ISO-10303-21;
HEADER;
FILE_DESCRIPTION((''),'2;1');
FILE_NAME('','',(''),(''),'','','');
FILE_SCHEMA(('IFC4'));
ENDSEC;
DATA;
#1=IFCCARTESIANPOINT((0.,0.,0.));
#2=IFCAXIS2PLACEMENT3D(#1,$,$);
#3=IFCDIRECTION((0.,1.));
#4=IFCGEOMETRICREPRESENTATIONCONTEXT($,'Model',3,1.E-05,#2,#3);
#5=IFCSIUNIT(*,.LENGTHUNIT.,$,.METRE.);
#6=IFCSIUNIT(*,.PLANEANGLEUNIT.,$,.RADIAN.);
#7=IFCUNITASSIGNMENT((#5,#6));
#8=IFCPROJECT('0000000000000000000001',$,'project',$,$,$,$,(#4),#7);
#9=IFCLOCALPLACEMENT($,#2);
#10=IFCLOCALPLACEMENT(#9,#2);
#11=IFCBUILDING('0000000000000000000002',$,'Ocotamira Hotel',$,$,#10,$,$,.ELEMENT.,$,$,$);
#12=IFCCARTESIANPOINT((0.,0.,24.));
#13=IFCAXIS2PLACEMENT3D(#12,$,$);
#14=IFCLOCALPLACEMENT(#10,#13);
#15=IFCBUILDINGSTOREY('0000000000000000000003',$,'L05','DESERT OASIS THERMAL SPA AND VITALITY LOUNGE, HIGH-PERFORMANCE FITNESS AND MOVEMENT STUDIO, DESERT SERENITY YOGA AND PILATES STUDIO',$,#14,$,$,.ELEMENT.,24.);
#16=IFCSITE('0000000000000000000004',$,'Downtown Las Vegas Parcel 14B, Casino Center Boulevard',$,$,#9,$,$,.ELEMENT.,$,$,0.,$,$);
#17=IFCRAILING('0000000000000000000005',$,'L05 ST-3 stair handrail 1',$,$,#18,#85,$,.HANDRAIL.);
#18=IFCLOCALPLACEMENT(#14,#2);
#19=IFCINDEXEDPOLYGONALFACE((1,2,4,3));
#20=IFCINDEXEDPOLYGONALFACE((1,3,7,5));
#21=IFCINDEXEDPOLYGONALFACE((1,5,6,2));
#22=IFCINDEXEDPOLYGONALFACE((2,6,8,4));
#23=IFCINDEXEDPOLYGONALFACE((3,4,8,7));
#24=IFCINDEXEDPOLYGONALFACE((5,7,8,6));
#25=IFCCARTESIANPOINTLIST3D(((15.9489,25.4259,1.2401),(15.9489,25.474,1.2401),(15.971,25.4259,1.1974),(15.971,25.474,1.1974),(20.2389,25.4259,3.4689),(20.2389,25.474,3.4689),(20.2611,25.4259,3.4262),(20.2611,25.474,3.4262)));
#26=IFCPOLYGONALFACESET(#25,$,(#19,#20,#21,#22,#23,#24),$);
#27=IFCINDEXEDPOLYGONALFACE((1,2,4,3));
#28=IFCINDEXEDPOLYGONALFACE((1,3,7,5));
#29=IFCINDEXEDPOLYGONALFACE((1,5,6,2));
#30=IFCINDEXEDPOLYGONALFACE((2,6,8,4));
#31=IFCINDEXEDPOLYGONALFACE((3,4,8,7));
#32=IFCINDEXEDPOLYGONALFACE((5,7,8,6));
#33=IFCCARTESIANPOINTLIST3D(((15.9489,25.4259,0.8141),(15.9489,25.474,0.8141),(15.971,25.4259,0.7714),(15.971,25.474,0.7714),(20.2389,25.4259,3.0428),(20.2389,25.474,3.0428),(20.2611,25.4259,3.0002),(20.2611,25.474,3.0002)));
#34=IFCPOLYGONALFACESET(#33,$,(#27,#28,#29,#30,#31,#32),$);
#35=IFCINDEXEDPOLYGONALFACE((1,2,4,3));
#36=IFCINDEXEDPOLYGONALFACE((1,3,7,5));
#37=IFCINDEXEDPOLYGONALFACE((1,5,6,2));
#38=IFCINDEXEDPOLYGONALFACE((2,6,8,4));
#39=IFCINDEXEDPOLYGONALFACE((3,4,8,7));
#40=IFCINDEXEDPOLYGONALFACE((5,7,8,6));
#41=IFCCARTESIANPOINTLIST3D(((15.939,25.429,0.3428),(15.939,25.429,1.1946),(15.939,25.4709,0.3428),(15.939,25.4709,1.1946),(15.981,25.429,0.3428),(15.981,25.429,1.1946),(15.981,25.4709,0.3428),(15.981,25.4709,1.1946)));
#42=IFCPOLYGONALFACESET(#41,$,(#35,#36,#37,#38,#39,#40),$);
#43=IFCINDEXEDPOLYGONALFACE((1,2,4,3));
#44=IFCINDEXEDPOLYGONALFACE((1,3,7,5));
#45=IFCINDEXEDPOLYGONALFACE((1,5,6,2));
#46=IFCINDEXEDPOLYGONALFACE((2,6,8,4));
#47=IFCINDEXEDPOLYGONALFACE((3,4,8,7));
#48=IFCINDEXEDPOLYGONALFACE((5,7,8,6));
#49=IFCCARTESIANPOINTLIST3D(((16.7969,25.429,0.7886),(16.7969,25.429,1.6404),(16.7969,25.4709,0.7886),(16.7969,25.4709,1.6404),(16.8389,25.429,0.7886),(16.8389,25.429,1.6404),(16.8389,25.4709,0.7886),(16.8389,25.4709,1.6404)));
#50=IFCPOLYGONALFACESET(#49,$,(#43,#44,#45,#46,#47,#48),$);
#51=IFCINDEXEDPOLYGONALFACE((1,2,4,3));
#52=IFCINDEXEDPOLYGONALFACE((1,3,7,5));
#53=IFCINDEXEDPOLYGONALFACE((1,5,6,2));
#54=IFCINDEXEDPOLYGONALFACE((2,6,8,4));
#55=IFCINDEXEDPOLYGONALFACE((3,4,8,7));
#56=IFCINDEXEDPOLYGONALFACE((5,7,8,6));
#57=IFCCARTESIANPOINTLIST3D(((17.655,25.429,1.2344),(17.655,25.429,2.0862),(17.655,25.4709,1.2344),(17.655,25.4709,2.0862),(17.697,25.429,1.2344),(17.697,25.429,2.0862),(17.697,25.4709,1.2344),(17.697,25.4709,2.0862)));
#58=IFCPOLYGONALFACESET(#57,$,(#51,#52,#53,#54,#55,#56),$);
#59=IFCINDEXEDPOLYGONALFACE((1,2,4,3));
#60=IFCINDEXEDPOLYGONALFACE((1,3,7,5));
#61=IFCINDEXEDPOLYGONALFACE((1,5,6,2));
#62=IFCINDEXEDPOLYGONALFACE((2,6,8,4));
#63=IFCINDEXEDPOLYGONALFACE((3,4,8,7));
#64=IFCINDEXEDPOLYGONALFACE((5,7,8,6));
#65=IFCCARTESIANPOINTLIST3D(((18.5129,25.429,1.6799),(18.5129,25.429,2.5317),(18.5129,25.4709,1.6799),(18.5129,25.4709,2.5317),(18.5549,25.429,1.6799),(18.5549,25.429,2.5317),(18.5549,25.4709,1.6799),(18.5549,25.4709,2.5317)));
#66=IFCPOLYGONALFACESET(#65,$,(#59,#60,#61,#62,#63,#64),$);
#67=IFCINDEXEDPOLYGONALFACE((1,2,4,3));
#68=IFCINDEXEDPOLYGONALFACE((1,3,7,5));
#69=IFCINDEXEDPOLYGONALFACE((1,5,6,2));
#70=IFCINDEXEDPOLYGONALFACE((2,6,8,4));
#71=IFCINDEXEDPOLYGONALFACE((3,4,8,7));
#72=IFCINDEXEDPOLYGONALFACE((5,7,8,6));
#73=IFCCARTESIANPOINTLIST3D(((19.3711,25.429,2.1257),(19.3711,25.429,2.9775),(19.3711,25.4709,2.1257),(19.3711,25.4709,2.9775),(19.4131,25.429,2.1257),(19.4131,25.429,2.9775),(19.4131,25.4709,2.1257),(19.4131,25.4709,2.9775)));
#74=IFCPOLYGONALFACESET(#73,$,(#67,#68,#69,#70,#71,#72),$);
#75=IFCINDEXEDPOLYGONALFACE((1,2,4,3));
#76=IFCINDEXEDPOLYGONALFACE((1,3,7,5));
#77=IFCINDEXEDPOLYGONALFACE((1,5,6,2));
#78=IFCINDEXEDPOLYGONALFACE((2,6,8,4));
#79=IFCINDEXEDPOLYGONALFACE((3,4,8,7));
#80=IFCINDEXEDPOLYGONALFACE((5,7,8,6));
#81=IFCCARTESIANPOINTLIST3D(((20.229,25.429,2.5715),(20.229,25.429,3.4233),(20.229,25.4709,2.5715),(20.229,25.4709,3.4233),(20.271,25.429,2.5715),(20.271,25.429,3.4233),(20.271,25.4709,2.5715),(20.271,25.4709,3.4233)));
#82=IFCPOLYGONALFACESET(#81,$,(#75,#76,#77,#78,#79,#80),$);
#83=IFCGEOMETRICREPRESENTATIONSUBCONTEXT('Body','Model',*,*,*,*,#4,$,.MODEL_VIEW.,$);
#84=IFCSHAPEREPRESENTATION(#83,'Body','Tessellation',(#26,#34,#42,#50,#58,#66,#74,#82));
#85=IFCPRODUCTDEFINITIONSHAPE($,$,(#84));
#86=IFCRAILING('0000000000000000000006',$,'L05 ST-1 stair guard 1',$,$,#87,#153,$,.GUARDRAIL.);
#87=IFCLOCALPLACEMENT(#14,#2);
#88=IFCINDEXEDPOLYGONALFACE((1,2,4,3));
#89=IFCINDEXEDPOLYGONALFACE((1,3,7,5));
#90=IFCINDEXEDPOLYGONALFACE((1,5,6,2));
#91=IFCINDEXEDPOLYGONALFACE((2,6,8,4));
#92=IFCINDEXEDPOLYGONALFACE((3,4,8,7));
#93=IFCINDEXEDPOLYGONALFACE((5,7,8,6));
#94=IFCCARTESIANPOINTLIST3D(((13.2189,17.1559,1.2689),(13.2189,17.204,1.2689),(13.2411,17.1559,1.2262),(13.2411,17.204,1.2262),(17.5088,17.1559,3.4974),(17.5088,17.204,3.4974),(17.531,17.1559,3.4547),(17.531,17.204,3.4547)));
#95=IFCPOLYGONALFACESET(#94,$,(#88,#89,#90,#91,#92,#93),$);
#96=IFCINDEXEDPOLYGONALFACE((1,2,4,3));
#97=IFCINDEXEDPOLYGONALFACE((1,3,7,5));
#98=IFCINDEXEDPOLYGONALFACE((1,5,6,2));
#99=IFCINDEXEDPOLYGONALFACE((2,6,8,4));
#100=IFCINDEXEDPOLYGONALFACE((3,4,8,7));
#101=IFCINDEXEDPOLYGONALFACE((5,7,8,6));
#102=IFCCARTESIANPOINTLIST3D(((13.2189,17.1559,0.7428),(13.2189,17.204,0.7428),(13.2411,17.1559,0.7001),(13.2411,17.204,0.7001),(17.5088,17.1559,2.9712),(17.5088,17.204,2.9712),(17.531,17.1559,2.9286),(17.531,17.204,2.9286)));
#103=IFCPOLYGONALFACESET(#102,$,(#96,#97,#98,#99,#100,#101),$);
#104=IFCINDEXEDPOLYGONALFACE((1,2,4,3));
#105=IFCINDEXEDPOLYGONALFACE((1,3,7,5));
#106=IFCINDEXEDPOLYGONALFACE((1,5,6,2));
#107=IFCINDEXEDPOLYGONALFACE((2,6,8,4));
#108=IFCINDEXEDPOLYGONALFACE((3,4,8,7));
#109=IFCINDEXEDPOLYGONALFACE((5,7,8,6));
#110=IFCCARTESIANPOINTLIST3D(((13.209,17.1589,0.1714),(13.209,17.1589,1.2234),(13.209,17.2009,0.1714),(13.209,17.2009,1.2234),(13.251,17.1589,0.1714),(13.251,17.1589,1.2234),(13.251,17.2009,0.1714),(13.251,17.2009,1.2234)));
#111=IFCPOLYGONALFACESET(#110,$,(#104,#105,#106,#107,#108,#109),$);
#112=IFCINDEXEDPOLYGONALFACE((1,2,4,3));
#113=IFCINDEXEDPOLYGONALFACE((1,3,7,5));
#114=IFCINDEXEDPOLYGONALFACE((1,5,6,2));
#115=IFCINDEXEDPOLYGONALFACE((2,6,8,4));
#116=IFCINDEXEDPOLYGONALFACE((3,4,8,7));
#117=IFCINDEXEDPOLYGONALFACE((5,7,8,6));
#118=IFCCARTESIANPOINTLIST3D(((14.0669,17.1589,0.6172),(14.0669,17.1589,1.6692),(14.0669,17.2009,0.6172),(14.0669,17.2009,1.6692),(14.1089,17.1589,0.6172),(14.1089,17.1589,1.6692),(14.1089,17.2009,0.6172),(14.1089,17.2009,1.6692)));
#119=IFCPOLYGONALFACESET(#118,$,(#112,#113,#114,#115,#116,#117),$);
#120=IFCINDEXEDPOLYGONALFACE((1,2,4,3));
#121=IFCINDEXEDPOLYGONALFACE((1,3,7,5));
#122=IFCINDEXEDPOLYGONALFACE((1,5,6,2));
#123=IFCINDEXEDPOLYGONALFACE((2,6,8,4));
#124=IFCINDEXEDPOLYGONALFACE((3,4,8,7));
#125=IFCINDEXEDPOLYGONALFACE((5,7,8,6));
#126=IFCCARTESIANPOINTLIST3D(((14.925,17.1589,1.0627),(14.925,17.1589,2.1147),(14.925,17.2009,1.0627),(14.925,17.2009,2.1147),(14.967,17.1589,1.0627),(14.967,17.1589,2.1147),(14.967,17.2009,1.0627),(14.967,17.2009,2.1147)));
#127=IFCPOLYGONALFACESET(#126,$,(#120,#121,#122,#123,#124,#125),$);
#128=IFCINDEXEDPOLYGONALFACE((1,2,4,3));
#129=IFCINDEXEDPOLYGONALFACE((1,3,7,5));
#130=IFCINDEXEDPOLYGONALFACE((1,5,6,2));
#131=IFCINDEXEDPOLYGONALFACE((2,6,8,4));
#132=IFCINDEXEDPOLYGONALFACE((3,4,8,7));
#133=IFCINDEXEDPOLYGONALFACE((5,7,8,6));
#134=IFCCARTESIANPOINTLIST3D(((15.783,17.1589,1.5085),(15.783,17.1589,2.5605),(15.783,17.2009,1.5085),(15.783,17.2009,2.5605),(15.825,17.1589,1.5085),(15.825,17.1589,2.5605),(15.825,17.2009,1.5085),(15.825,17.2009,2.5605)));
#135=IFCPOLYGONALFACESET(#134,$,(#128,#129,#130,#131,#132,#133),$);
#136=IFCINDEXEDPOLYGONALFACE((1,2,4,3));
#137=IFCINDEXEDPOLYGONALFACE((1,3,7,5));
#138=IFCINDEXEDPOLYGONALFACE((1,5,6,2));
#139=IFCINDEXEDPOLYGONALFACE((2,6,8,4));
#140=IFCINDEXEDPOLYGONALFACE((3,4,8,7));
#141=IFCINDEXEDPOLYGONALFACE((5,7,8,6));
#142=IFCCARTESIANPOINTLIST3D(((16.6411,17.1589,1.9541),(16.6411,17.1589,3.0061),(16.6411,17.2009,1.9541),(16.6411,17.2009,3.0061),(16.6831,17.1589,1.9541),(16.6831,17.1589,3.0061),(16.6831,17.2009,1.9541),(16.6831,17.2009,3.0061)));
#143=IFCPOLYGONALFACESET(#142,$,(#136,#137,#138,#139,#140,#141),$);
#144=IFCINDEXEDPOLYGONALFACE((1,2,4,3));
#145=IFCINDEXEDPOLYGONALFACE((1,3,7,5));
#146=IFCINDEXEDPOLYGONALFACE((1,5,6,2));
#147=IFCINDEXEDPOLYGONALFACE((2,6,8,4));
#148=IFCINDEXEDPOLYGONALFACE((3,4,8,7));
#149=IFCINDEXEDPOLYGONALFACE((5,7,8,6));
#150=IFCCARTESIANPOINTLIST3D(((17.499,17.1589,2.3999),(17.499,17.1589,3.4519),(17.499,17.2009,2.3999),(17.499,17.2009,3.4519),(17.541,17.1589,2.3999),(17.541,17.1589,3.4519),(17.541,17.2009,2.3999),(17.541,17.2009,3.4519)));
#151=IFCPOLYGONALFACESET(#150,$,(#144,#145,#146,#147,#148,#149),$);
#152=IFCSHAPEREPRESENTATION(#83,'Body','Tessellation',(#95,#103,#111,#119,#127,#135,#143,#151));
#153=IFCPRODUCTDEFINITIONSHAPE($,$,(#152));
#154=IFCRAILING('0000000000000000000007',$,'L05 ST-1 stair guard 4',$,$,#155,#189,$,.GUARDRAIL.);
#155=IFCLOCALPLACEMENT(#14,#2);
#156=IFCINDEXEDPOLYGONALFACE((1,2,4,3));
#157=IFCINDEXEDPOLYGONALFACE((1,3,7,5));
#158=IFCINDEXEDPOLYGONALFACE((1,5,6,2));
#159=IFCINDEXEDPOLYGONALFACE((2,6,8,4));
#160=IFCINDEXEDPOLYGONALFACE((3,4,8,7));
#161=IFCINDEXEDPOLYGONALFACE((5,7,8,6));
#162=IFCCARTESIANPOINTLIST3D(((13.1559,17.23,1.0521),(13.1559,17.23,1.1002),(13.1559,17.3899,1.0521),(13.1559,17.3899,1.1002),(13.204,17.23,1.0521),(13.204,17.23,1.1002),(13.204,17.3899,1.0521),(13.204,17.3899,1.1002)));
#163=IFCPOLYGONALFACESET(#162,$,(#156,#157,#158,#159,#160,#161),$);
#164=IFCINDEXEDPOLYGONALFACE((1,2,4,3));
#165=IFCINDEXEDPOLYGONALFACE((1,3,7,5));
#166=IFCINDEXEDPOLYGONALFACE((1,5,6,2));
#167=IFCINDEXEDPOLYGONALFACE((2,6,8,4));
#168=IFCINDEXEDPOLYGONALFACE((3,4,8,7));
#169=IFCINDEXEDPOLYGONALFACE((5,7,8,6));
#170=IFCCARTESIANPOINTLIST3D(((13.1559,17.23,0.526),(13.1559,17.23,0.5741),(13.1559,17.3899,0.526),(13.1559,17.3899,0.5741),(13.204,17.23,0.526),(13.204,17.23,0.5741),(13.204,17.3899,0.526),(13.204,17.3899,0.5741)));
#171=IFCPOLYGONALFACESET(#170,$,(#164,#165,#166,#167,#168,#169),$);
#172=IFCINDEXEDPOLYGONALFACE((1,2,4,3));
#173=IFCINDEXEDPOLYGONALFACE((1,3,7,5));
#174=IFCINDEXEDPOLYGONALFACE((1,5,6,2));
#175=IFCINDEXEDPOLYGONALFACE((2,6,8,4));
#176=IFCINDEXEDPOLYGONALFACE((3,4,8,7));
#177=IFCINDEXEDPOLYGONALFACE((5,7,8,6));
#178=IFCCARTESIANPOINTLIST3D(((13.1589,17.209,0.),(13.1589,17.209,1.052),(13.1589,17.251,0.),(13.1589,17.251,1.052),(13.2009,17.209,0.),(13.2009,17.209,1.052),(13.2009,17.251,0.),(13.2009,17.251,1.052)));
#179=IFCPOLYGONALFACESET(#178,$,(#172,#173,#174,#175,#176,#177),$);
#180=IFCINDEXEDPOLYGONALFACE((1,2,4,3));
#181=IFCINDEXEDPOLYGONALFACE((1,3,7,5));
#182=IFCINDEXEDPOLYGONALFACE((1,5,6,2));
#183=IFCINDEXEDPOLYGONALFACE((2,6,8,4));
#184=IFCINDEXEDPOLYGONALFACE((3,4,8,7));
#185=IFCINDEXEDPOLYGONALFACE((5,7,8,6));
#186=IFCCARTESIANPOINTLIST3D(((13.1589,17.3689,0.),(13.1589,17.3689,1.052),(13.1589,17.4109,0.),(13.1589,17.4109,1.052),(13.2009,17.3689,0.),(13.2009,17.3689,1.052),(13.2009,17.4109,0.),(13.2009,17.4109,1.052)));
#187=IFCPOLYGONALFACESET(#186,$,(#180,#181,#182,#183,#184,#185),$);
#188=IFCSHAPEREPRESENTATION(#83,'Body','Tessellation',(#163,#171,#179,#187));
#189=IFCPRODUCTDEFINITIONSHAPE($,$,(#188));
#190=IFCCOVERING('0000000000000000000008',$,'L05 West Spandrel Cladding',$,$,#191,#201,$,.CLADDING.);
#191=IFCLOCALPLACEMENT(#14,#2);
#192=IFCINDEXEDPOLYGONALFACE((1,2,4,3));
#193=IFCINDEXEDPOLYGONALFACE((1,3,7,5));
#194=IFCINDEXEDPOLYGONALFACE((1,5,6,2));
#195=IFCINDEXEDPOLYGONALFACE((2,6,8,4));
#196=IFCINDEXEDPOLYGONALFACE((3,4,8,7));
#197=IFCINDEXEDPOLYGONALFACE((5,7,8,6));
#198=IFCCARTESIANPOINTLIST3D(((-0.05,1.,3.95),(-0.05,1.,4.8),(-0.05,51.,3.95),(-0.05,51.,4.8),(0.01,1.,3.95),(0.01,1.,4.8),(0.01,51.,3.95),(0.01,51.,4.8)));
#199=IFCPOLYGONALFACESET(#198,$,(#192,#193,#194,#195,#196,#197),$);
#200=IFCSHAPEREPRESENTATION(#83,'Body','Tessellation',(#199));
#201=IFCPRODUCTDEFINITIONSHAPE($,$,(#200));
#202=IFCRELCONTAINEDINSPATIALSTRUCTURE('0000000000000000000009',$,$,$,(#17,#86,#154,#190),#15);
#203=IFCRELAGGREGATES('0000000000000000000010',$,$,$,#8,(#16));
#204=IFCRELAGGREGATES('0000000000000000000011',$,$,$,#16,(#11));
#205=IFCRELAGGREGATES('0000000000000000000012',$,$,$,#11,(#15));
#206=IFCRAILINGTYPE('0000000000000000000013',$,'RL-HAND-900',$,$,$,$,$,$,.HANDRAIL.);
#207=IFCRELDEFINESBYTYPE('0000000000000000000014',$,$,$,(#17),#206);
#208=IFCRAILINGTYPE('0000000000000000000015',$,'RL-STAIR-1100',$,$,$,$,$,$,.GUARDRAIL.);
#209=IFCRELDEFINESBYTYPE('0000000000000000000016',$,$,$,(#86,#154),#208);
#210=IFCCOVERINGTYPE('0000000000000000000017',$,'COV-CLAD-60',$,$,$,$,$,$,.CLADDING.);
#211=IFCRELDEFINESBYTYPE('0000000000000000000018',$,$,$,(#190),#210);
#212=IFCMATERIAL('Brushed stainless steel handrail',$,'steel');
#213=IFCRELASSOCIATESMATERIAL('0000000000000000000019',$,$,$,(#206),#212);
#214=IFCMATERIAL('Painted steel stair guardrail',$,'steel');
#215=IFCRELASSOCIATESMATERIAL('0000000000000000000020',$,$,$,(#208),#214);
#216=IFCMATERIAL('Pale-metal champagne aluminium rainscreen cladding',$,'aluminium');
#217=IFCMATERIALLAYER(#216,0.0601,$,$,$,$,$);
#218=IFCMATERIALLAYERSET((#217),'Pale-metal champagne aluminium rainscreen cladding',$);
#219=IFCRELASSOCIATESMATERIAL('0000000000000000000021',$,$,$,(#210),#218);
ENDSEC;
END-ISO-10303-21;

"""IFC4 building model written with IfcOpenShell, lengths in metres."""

from ifc_helpers import new_model, si_unit, direction, frame, origin, origin_2d, place, context, subcontext, project, spatial, rectangle, extrude, source, transform, mapped, material, layer, layer_set, type_object, element, save


model = new_model("IFC4")

# Units and contexts
model_context = context("Model", 3, precision=1e-05, world=origin(), true_north=direction((0.0, 1.0)))
body_context = subcontext(model_context, "Body", "Model", "MODEL_VIEW")
ifc_project = project(units=[si_unit("LENGTHUNIT", "METRE"), si_unit("PLANEANGLEUNIT", "RADIAN")], contexts=[model_context])

# Site, building, storey
site_placement = place(None, origin())
site = spatial("IfcSite", under=ifc_project, at=site_placement, Name="Downtown Las Vegas Parcel 14B, Casino Center Boulevard", CompositionType="ELEMENT", RefElevation=0.0)
building_placement = place(site_placement, origin())
building = spatial("IfcBuilding", under=site, at=building_placement, Name="Ocotamira Hotel", CompositionType="ELEMENT")
storey_placement = place(building_placement, frame((0.0, 0.0, 24.0)))
storey = spatial("IfcBuildingStorey", under=building, at=storey_placement, Name="L05", Description="DESERT OASIS THERMAL SPA AND VITALITY LOUNGE, HIGH-PERFORMANCE FITNESS AND MOVEMENT STUDIO, DESERT SERENITY YOGA AND PILATES STUDIO", CompositionType="ELEMENT", Elevation=24.0)

# Railings
ifc_material_1 = material(Name="Brushed stainless steel handrail", Category="steel")
railing_type_1 = type_object("IfcRailingType", Name="RL-HAND-900", PredefinedType="HANDRAIL", material=ifc_material_1)
for number, where, name in (
    (1, (15.96, 25.45, 0.3428), "L05 ST-3 stair handrail 1"),
):
    element("IfcRailing", number, at=place(storey_placement, frame(where)), inside=storey, type_object=railing_type_1, Name=name, PredefinedType="HANDRAIL", context=body_context, shape_type="SweptSolid", body=[
        extrude(rectangle(XDim=0.0481, YDim=0.0481, at=origin_2d()), frame((0.0, 0.0, 0.876), z_axis=(0.887391, 0.0, 0.461017), x_axis=(0.0, 1.0, 0.0)), (0.0, 0.0, 1.0), 4.8345),
        extrude(rectangle(XDim=0.0481, YDim=0.0481, at=origin_2d()), frame((0.0, 0.0, 0.45), z_axis=(0.887391, 0.0, 0.461017), x_axis=(0.0, 1.0, 0.0)), (0.0, 0.0, 1.0), 4.8345),
        extrude(rectangle(XDim=0.042, YDim=0.042, at=origin_2d()), origin(), (0.0, 0.0, 1.0), 0.8518),
        extrude(rectangle(XDim=0.042, YDim=0.042, at=origin_2d()), frame((0.8579, 0.0, 0.4458)), (0.0, 0.0, 1.0), 0.8518),
        extrude(rectangle(XDim=0.042, YDim=0.042, at=origin_2d()), frame((1.7161, 0.0, 0.8916)), (0.0, 0.0, 1.0), 0.8518),
        extrude(rectangle(XDim=0.042, YDim=0.042, at=origin_2d()), frame((2.574, 0.0, 1.3372)), (0.0, 0.0, 1.0), 0.8518),
        extrude(rectangle(XDim=0.042, YDim=0.042, at=origin_2d()), frame((3.4321, 0.0, 1.783)), (0.0, 0.0, 1.0), 0.8518),
        extrude(rectangle(XDim=0.042, YDim=0.042, at=origin_2d()), frame((4.29, 0.0, 2.2288)), (0.0, 0.0, 1.0), 0.8518),
    ])
ifc_material_2 = material(Name="Painted steel stair guardrail", Category="steel")
railing_type_2 = type_object("IfcRailingType", Name="RL-STAIR-1100", PredefinedType="GUARDRAIL", material=ifc_material_2)
railing_1_placement = place(storey_placement, frame((13.23, 17.1799, 0.1714)))
element("IfcRailing", 2, at=railing_1_placement, inside=storey, type_object=railing_type_2, Name="L05 ST-1 stair guard 1", PredefinedType="GUARDRAIL", context=body_context, shape_type="SweptSolid", body=[
    extrude(rectangle(XDim=0.0481, YDim=0.0481, at=origin_2d()), frame((0.0, 0.0, 1.0762), z_axis=(0.887412, 0.0, 0.460977), x_axis=(0.0, 1.0, 0.0)), (0.0, 0.0, 1.0), 4.8342),
    extrude(rectangle(XDim=0.0481, YDim=0.0481, at=origin_2d()), frame((0.0, 0.0, 0.55), z_axis=(0.887412, 0.0, 0.460977), x_axis=(0.0, 1.0, 0.0)), (0.0, 0.0, 1.0), 4.8342),
    extrude(rectangle(XDim=0.042, YDim=0.042, at=origin_2d()), origin(), (0.0, 0.0, 1.0), 1.052),
    extrude(rectangle(XDim=0.042, YDim=0.042, at=origin_2d()), frame((0.8579, 0.0, 0.4458)), (0.0, 0.0, 1.0), 1.052),
    extrude(rectangle(XDim=0.042, YDim=0.042, at=origin_2d()), frame((1.7161, 0.0, 0.8914)), (0.0, 0.0, 1.0), 1.052),
    extrude(rectangle(XDim=0.042, YDim=0.042, at=origin_2d()), frame((2.574, 0.0, 1.3372)), (0.0, 0.0, 1.0), 1.052),
    extrude(rectangle(XDim=0.042, YDim=0.042, at=origin_2d()), frame((3.4321, 0.0, 1.7827)), (0.0, 0.0, 1.0), 1.052),
    extrude(rectangle(XDim=0.042, YDim=0.042, at=origin_2d()), frame((4.29, 0.0, 2.2285)), (0.0, 0.0, 1.0), 1.052),
])
railing_2_placement = place(storey_placement, frame((13.1799, 17.23, 0.0)))
element("IfcRailing", 3, at=railing_2_placement, inside=storey, type_object=railing_type_2, Name="L05 ST-1 stair guard 4", PredefinedType="GUARDRAIL", context=body_context, shape_type="SweptSolid", body=[
    extrude(rectangle(XDim=0.0481, YDim=0.0481, at=origin_2d()), frame((0.0, 0.0, 1.0762), z_axis=(0.0, 1.0, 0.0), x_axis=(-1.0, 0.0, 0.0)), (0.0, 0.0, 1.0), 0.1599),
    extrude(rectangle(XDim=0.0481, YDim=0.0481, at=origin_2d()), frame((0.0, 0.0, 0.55), z_axis=(0.0, 1.0, 0.0), x_axis=(-1.0, 0.0, 0.0)), (0.0, 0.0, 1.0), 0.1599),
    extrude(rectangle(XDim=0.042, YDim=0.042, at=origin_2d()), origin(), (0.0, 0.0, 1.0), 1.052),
    extrude(rectangle(XDim=0.042, YDim=0.042, at=origin_2d()), frame((0.0, 0.1599, 0.0)), (0.0, 0.0, 1.0), 1.052),
])

# Covering
ifc_material_3 = material(Name="Pale-metal champagne aluminium rainscreen cladding", Category="aluminium")
ifc_layer_1 = layer(ifc_material_3, 0.0601)
ifc_layer_set_1 = layer_set([ifc_layer_1], Name="Pale-metal champagne aluminium rainscreen cladding")
covering_type = type_object("IfcCoveringType", Name="COV-CLAD-60", PredefinedType="CLADDING", material=ifc_layer_set_1)
shared_shape_1 = source(origin(), body_context, "Body", "SweptSolid", [
    extrude(rectangle(XDim=0.0601, YDim=50.0, at=origin_2d()), origin(), (0.0, 0.0, 1.0), 0.8501),
])
covering_placement = place(storey_placement, frame((-0.02, 26.0, 3.95), z_axis=(0.0, 0.0, 1.0), x_axis=(1.0, 0.0, 0.0)))
element("IfcCovering", 4, at=covering_placement, inside=storey, type_object=covering_type, Name="L05 West Spandrel Cladding", PredefinedType="CLADDING", context=body_context, shape_type="MappedRepresentation", body=[
    mapped(shared_shape_1, transform((0.0, 0.0, 0.0), scale=1.0)),
])

save(model, "model.ifc")
